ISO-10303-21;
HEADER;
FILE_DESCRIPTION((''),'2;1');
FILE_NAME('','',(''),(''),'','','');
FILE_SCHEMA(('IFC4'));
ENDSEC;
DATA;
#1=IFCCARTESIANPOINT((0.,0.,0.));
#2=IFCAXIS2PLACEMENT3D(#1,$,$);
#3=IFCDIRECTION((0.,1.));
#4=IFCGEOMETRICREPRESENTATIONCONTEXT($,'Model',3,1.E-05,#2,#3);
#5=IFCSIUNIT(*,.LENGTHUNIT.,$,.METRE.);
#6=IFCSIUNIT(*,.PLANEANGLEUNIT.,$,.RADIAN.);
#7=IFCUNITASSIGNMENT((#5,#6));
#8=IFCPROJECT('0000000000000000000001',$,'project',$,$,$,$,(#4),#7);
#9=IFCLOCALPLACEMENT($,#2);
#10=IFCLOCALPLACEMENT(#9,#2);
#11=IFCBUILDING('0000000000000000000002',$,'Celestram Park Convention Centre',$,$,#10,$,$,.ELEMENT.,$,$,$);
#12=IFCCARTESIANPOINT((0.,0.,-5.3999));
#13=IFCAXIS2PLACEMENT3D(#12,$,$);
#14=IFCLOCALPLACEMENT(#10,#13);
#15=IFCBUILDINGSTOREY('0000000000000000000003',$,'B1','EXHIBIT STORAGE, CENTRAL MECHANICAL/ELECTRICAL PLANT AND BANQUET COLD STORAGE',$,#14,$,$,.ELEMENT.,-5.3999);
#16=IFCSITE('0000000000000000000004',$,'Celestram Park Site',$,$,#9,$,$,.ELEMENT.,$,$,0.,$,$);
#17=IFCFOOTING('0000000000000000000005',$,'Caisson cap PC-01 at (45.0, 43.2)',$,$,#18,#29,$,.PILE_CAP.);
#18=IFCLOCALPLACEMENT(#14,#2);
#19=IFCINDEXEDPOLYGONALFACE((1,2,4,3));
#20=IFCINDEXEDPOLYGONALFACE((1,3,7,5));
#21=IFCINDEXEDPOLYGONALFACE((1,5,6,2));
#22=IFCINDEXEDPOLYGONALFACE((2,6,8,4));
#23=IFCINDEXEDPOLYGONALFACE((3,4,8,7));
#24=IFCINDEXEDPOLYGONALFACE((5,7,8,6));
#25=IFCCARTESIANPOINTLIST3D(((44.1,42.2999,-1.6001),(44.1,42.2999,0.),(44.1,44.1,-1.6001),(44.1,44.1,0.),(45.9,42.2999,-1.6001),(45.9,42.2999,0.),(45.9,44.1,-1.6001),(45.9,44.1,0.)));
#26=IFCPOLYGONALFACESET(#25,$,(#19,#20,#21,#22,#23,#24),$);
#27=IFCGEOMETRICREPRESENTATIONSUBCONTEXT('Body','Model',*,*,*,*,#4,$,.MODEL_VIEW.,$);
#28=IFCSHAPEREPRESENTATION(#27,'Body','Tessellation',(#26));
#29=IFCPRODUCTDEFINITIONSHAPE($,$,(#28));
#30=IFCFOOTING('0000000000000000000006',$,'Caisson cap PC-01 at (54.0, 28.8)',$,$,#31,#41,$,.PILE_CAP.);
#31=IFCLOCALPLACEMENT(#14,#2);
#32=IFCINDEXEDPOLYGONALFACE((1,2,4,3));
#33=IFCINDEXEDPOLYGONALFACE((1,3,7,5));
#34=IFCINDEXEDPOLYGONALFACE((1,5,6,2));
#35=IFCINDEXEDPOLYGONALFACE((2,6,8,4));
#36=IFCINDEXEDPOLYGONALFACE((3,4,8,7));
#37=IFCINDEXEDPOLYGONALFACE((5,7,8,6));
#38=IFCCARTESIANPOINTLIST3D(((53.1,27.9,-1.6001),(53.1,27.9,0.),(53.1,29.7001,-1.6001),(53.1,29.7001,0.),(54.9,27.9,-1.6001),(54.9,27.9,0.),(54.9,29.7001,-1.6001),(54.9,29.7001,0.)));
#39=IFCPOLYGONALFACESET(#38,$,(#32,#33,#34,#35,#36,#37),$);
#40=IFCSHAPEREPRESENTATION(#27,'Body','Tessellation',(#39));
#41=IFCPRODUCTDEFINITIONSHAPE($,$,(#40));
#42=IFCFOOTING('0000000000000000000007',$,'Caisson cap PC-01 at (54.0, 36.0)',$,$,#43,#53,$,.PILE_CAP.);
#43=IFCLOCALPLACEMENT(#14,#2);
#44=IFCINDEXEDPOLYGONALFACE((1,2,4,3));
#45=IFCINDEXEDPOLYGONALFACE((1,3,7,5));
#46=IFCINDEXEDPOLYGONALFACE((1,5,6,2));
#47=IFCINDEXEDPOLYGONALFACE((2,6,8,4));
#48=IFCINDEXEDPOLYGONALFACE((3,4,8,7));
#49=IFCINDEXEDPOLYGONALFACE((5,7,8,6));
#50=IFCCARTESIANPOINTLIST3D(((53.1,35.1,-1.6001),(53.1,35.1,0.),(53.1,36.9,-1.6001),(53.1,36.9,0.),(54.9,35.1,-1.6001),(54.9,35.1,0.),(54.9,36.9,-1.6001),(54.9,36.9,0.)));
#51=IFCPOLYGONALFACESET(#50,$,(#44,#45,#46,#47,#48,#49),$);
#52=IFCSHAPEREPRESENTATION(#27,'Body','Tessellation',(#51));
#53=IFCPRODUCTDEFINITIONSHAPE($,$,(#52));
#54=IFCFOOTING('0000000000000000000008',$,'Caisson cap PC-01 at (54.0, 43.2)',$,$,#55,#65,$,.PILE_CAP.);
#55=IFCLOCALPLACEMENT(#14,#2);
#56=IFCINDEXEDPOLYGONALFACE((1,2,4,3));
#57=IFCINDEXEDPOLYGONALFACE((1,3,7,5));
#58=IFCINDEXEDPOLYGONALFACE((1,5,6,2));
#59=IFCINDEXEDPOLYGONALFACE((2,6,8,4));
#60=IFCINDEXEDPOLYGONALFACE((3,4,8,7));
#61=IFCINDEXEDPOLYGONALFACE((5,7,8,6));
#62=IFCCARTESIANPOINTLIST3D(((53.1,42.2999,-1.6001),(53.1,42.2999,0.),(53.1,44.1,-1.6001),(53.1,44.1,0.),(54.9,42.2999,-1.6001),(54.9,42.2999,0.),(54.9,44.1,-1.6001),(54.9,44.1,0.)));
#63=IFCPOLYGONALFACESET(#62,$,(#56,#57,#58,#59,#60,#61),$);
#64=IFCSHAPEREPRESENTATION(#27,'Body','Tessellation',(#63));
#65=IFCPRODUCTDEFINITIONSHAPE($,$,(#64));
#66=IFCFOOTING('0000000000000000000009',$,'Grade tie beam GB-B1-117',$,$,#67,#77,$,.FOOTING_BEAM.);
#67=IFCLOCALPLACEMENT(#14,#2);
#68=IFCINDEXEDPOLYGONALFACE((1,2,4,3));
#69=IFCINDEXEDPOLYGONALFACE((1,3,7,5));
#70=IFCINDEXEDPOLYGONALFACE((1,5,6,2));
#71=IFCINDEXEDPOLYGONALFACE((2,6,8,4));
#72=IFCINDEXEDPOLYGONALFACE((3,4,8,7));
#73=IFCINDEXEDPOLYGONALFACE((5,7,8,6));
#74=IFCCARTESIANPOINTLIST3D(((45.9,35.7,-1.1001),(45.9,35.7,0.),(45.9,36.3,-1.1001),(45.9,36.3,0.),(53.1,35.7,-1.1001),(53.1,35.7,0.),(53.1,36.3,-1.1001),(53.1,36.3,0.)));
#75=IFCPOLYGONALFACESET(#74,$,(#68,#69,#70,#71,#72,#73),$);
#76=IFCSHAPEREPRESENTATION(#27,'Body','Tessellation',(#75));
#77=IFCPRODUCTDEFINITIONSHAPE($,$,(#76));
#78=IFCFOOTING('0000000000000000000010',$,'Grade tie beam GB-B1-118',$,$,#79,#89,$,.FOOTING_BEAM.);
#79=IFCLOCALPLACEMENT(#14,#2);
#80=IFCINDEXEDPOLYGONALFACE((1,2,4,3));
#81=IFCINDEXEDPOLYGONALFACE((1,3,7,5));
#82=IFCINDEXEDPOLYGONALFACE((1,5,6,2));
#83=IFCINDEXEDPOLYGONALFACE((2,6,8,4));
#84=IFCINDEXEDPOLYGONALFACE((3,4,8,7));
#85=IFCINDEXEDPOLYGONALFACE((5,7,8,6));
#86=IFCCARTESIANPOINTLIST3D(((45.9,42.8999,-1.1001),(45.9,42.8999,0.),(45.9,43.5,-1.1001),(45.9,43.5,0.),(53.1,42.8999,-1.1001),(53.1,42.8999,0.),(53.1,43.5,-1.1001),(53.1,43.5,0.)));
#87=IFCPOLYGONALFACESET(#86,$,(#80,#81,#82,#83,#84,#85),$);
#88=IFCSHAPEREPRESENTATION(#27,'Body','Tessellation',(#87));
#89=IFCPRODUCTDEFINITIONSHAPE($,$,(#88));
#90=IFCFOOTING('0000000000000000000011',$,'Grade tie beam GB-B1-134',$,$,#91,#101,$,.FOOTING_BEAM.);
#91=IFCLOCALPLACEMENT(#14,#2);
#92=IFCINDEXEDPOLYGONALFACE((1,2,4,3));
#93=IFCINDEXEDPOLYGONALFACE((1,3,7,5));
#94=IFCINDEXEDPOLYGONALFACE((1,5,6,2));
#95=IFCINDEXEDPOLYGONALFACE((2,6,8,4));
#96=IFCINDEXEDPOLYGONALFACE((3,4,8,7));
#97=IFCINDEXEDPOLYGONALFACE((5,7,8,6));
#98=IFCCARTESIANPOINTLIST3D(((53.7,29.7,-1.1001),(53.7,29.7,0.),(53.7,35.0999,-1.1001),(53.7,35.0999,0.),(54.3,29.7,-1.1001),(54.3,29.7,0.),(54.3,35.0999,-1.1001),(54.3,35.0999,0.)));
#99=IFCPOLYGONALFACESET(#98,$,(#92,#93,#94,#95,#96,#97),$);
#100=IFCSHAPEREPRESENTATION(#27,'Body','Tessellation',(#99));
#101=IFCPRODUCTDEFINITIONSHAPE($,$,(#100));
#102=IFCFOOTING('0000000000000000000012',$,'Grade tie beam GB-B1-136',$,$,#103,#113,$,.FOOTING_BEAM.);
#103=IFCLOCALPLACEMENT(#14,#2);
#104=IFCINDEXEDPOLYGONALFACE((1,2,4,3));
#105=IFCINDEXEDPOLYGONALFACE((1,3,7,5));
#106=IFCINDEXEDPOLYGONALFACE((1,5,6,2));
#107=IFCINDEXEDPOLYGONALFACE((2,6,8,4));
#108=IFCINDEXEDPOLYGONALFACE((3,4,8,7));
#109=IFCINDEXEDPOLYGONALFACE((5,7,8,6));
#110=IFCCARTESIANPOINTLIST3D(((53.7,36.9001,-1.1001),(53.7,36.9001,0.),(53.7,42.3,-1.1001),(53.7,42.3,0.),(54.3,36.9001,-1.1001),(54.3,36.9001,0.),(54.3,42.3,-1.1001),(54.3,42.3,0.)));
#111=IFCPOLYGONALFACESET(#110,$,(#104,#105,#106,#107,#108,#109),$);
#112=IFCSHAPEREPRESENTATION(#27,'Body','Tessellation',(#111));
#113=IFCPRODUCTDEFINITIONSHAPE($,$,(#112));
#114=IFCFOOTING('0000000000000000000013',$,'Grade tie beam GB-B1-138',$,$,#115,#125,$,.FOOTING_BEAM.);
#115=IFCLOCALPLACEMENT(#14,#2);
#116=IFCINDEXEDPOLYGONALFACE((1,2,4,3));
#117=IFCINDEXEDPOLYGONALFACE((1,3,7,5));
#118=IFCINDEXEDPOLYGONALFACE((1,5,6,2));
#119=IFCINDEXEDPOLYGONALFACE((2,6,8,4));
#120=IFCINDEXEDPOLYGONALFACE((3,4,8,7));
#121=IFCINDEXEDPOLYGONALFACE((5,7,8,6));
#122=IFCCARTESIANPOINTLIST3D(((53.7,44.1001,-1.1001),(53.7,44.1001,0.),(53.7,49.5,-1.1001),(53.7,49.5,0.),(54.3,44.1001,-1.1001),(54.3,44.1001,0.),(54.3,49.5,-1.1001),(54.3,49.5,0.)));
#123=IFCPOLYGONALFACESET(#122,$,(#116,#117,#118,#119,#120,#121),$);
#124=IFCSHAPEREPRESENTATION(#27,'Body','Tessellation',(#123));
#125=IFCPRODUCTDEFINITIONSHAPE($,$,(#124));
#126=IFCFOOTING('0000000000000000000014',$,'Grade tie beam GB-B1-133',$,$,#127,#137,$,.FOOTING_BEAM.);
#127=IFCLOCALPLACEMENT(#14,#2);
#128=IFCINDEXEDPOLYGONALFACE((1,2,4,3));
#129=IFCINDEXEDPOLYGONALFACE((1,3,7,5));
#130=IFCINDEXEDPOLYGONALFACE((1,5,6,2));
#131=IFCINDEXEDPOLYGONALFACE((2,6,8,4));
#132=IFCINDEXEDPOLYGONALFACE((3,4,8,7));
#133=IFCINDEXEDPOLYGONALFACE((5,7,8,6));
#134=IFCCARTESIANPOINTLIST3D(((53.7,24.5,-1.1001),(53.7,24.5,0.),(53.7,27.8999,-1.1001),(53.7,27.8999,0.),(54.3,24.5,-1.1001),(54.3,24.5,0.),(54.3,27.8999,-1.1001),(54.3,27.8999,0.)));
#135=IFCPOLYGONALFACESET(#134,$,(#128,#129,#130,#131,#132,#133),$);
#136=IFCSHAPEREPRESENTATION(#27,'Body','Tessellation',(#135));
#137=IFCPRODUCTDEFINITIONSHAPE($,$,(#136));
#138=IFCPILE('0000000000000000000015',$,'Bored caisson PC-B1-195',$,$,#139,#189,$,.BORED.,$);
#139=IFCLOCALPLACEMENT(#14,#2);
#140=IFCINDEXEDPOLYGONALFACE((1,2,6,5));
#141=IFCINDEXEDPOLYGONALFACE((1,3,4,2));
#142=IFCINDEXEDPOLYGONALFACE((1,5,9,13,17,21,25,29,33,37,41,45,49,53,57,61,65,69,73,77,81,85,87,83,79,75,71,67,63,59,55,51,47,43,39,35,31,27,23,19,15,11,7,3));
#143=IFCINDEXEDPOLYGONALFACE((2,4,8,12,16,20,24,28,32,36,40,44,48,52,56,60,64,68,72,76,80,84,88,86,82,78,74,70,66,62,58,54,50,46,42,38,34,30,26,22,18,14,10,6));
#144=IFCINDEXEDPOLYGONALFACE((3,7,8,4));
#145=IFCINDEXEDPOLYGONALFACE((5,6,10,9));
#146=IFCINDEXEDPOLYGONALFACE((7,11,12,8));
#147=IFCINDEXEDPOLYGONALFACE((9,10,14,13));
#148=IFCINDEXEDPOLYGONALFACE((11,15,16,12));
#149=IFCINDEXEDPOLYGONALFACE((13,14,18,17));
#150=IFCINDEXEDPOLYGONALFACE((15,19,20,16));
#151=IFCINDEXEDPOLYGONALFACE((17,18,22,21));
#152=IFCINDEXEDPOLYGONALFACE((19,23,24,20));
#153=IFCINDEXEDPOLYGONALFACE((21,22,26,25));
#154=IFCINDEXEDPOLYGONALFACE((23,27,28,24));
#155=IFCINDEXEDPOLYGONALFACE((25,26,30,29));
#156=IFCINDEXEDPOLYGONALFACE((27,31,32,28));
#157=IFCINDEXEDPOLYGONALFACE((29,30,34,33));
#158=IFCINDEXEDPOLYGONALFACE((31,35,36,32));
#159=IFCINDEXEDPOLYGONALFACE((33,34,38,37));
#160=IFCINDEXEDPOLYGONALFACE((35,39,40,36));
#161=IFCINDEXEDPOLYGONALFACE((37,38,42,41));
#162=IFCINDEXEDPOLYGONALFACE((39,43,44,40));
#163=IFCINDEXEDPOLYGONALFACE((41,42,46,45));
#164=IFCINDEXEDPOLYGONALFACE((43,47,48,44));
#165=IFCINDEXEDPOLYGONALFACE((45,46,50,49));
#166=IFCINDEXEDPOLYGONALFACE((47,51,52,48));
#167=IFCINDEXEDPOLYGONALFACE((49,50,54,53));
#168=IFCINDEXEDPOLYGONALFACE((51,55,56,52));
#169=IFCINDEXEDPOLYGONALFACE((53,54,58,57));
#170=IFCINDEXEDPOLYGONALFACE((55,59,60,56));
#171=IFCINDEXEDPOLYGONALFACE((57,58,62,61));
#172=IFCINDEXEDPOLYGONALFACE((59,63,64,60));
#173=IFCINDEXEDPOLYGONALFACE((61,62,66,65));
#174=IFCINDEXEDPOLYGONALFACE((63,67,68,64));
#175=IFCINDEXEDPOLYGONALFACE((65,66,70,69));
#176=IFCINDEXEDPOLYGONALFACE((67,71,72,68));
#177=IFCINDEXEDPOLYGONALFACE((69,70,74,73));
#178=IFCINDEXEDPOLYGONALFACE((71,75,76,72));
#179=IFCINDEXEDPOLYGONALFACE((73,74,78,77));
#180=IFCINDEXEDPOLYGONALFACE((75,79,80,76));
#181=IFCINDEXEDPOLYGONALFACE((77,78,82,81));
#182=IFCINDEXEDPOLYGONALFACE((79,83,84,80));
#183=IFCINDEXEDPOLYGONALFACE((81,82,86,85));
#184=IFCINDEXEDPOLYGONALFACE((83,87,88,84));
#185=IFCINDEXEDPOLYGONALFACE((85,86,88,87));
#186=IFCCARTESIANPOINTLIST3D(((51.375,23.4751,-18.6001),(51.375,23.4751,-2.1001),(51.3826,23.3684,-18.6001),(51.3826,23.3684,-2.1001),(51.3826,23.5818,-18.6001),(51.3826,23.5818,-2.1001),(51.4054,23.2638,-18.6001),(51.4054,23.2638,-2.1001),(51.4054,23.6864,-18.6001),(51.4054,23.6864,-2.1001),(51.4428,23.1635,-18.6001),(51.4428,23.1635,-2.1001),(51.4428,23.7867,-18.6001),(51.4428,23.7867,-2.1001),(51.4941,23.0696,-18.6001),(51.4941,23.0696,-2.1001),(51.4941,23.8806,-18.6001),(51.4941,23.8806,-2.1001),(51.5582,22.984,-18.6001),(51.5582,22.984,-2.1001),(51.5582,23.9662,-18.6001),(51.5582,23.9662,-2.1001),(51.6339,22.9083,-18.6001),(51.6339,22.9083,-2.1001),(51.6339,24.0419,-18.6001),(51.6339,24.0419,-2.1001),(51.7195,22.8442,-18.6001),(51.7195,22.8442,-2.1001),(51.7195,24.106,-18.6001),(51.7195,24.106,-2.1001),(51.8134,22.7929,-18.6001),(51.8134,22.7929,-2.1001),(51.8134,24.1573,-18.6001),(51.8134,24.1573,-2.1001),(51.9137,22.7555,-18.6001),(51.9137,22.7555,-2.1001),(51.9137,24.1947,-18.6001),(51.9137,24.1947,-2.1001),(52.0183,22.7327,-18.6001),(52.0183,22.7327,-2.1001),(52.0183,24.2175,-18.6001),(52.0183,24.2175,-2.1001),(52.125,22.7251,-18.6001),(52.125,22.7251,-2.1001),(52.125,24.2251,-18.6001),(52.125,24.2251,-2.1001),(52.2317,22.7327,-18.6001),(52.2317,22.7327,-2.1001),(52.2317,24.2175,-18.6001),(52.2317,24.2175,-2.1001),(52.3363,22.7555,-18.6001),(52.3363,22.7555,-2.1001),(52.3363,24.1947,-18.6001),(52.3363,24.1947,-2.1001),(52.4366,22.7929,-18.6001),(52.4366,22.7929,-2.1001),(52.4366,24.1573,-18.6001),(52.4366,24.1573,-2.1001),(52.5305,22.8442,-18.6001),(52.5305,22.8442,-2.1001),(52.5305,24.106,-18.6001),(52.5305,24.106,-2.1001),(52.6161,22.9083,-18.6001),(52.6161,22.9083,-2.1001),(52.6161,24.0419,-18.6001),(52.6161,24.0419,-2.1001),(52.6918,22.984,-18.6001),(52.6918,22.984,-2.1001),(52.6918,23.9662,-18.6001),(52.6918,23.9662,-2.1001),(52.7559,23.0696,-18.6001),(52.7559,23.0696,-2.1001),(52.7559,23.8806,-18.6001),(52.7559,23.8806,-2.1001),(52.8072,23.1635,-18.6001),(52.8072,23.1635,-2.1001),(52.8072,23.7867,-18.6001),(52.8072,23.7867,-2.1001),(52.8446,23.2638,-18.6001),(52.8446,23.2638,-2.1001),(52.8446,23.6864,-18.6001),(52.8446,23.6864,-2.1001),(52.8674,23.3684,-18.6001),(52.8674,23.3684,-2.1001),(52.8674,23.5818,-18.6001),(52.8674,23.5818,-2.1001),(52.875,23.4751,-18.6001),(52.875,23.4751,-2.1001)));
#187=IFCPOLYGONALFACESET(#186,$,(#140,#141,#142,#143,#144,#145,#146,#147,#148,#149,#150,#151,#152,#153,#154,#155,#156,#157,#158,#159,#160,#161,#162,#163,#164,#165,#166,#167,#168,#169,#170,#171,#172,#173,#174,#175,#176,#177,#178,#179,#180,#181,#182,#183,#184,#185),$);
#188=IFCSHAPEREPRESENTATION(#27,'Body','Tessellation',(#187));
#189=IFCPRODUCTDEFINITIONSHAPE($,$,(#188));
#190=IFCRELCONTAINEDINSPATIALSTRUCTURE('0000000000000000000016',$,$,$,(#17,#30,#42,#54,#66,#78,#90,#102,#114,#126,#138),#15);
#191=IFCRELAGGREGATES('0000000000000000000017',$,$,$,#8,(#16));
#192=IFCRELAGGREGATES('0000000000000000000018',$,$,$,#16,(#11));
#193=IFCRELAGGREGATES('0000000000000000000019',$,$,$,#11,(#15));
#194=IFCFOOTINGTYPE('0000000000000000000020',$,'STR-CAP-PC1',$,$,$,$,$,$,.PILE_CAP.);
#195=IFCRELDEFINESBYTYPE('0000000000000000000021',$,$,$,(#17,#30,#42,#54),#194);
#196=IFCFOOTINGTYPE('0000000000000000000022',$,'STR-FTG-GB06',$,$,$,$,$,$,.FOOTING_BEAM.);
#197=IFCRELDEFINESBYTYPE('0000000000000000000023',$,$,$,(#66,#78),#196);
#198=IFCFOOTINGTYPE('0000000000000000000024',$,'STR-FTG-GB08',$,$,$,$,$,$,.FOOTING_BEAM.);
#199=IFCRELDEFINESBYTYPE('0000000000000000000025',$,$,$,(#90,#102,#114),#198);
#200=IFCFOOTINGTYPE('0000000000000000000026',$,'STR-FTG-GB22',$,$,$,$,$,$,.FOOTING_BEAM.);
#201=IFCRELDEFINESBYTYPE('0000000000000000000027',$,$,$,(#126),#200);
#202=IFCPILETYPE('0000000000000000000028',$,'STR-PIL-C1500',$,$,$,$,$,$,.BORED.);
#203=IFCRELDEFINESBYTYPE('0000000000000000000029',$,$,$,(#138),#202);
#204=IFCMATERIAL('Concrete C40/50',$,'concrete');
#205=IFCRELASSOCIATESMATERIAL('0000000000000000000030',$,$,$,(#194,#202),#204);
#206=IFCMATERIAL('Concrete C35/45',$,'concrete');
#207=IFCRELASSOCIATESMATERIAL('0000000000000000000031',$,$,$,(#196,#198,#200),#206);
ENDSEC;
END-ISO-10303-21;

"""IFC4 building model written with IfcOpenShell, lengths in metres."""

from ifc_helpers import new_model, si_unit, direction, frame, origin, origin_2d, place, context, subcontext, project, spatial, rectangle, circle, extrude, material, material_profile, profile_set, type_object, element, save


model = new_model("IFC4")

# Units and contexts
model_context = context("Model", 3, precision=1e-05, world=origin(), true_north=direction((0.0, 1.0)))
body_context = subcontext(model_context, "Body", "Model", "MODEL_VIEW")
ifc_project = project(units=[si_unit("LENGTHUNIT", "METRE"), si_unit("PLANEANGLEUNIT", "RADIAN")], contexts=[model_context])

# Site, building, storey
site_placement = place(None, origin())
site = spatial("IfcSite", under=ifc_project, at=site_placement, Name="Celestram Park Site", CompositionType="ELEMENT", RefElevation=0.0)
building_placement = place(site_placement, origin())
building = spatial("IfcBuilding", under=site, at=building_placement, Name="Celestram Park Convention Centre", CompositionType="ELEMENT")
storey_placement = place(building_placement, frame((0.0, 0.0, -5.3999)))
storey = spatial("IfcBuildingStorey", under=building, at=storey_placement, Name="B1", Description="EXHIBIT STORAGE, CENTRAL MECHANICAL/ELECTRICAL PLANT AND BANQUET COLD STORAGE", CompositionType="ELEMENT", Elevation=-5.3999)

# Footings
ifc_material_1 = material(Name="Concrete C40/50", Category="concrete")
footing_type_1 = type_object("IfcFootingType", Name="STR-CAP-PC1", PredefinedType="PILE_CAP", material=ifc_material_1)
for number, where, z_axis, x_axis, name in (
    (1, (45.0, 43.2, -1.6001), (0.0, 0.0, 1.0), (1.0, 0.0, 0.0), "Caisson cap PC-01 at (45.0, 43.2)"),
    (2, (54.0, 28.8, -1.6001), (0.0, 0.0, 1.0), (1.0, 0.0, 0.0), "Caisson cap PC-01 at (54.0, 28.8)"),
    (3, (54.0, 36.0, -1.6001), (0.0, 0.0, 1.0), (1.0, 0.0, 0.0), "Caisson cap PC-01 at (54.0, 36.0)"),
    (4, (54.0, 43.2, -1.6001), (0.0, 0.0, 1.0), (1.0, 0.0, 0.0), "Caisson cap PC-01 at (54.0, 43.2)"),
):
    element("IfcFooting", number, at=place(storey_placement, frame(where, z_axis=z_axis, x_axis=x_axis)), inside=storey, type_object=footing_type_1, Name=name, PredefinedType="PILE_CAP", context=body_context, shape_type="SweptSolid", body=[
        extrude(rectangle(XDim=1.8, YDim=1.8, at=origin_2d()), origin(), (0.0, 0.0, 1.0), 1.6001),
    ])
ifc_material_2 = material(Name="Concrete C35/45", Category="concrete")
footing_type_2 = type_object("IfcFootingType", Name="STR-FTG-GB06", PredefinedType="FOOTING_BEAM", material=ifc_material_2)
for number, where, z_axis, x_axis, name in (
    (5, (49.5, 36.0, -1.1001), (0.0, 0.0, 1.0), (1.0, 0.0, 0.0), "Grade tie beam GB-B1-117"),
    (6, (49.5, 43.2, -1.1001), (0.0, 0.0, 1.0), (1.0, 0.0, 0.0), "Grade tie beam GB-B1-118"),
):
    element("IfcFooting", number, at=place(storey_placement, frame(where, z_axis=z_axis, x_axis=x_axis)), inside=storey, type_object=footing_type_2, Name=name, PredefinedType="FOOTING_BEAM", context=body_context, shape_type="SweptSolid", body=[
        extrude(rectangle(XDim=7.2, YDim=0.6001, at=origin_2d()), origin(), (0.0, 0.0, 1.0), 1.1001),
    ])
footing_type_3 = type_object("IfcFootingType", Name="STR-FTG-GB08", PredefinedType="FOOTING_BEAM", material=ifc_material_2)
for number, where, z_axis, x_axis, name in (
    (7, (54.0, 32.3999, -1.1001), (0.0, 0.0, 1.0), (0.0, 1.0, 0.0), "Grade tie beam GB-B1-134"),
    (8, (54.0, 39.6001, -1.1001), (0.0, 0.0, 1.0), (0.0, 1.0, 0.0), "Grade tie beam GB-B1-136"),
    (9, (54.0, 46.8, -1.1001), (0.0, 0.0, 1.0), (0.0, 1.0, 0.0), "Grade tie beam GB-B1-138"),
):
    element("IfcFooting", number, at=place(storey_placement, frame(where, z_axis=z_axis, x_axis=x_axis)), inside=storey, type_object=footing_type_3, Name=name, PredefinedType="FOOTING_BEAM", context=body_context, shape_type="SweptSolid", body=[
        extrude(rectangle(XDim=5.3999, YDim=0.6001, at=origin_2d()), origin(), (0.0, 0.0, 1.0), 1.1001),
    ])
footing_type_4 = type_object("IfcFootingType", Name="STR-FTG-GB22", PredefinedType="FOOTING_BEAM", material=ifc_material_2)
footing_placement = place(storey_placement, frame((54.0, 26.2, -1.1001), z_axis=(0.0, 0.0, 1.0), x_axis=(0.0, 1.0, 0.0)))
element("IfcFooting", 10, at=footing_placement, inside=storey, type_object=footing_type_4, Name="Grade tie beam GB-B1-133", PredefinedType="FOOTING_BEAM", context=body_context, shape_type="SweptSolid", body=[
    extrude(rectangle(XDim=3.3999, YDim=0.6001, at=origin_2d()), origin(), (0.0, 0.0, 1.0), 1.1001),
])

# Pile
ifc_material_profile_1 = material_profile(ifc_material_1, circle(Radius=0.75, at=origin_2d()), Name="CAISSON1500")
ifc_profile_set_1 = profile_set([ifc_material_profile_1], Name="Concrete C40/50")
pile_type_1 = type_object("IfcPileType", Name="STR-PIL-C1500", PredefinedType="BORED", material=ifc_profile_set_1)
for number, where, z_axis, x_axis, name in (
    (11, (52.125, 23.4751, -2.1001), (0.0, 0.0, -1.0), (1.0, 0.0, 0.0), "Bored caisson PC-B1-195"),
):
    element("IfcPile", number, at=place(storey_placement, frame(where, z_axis=z_axis, x_axis=x_axis)), inside=storey, type_object=pile_type_1, Name=name, PredefinedType="BORED", context=body_context, shape_type="SweptSolid", body=[
        extrude(circle(Radius=0.75, at=origin_2d()), origin(), (0.0, 0.0, 1.0), 16.5),
    ])

save(model, "model.ifc")
